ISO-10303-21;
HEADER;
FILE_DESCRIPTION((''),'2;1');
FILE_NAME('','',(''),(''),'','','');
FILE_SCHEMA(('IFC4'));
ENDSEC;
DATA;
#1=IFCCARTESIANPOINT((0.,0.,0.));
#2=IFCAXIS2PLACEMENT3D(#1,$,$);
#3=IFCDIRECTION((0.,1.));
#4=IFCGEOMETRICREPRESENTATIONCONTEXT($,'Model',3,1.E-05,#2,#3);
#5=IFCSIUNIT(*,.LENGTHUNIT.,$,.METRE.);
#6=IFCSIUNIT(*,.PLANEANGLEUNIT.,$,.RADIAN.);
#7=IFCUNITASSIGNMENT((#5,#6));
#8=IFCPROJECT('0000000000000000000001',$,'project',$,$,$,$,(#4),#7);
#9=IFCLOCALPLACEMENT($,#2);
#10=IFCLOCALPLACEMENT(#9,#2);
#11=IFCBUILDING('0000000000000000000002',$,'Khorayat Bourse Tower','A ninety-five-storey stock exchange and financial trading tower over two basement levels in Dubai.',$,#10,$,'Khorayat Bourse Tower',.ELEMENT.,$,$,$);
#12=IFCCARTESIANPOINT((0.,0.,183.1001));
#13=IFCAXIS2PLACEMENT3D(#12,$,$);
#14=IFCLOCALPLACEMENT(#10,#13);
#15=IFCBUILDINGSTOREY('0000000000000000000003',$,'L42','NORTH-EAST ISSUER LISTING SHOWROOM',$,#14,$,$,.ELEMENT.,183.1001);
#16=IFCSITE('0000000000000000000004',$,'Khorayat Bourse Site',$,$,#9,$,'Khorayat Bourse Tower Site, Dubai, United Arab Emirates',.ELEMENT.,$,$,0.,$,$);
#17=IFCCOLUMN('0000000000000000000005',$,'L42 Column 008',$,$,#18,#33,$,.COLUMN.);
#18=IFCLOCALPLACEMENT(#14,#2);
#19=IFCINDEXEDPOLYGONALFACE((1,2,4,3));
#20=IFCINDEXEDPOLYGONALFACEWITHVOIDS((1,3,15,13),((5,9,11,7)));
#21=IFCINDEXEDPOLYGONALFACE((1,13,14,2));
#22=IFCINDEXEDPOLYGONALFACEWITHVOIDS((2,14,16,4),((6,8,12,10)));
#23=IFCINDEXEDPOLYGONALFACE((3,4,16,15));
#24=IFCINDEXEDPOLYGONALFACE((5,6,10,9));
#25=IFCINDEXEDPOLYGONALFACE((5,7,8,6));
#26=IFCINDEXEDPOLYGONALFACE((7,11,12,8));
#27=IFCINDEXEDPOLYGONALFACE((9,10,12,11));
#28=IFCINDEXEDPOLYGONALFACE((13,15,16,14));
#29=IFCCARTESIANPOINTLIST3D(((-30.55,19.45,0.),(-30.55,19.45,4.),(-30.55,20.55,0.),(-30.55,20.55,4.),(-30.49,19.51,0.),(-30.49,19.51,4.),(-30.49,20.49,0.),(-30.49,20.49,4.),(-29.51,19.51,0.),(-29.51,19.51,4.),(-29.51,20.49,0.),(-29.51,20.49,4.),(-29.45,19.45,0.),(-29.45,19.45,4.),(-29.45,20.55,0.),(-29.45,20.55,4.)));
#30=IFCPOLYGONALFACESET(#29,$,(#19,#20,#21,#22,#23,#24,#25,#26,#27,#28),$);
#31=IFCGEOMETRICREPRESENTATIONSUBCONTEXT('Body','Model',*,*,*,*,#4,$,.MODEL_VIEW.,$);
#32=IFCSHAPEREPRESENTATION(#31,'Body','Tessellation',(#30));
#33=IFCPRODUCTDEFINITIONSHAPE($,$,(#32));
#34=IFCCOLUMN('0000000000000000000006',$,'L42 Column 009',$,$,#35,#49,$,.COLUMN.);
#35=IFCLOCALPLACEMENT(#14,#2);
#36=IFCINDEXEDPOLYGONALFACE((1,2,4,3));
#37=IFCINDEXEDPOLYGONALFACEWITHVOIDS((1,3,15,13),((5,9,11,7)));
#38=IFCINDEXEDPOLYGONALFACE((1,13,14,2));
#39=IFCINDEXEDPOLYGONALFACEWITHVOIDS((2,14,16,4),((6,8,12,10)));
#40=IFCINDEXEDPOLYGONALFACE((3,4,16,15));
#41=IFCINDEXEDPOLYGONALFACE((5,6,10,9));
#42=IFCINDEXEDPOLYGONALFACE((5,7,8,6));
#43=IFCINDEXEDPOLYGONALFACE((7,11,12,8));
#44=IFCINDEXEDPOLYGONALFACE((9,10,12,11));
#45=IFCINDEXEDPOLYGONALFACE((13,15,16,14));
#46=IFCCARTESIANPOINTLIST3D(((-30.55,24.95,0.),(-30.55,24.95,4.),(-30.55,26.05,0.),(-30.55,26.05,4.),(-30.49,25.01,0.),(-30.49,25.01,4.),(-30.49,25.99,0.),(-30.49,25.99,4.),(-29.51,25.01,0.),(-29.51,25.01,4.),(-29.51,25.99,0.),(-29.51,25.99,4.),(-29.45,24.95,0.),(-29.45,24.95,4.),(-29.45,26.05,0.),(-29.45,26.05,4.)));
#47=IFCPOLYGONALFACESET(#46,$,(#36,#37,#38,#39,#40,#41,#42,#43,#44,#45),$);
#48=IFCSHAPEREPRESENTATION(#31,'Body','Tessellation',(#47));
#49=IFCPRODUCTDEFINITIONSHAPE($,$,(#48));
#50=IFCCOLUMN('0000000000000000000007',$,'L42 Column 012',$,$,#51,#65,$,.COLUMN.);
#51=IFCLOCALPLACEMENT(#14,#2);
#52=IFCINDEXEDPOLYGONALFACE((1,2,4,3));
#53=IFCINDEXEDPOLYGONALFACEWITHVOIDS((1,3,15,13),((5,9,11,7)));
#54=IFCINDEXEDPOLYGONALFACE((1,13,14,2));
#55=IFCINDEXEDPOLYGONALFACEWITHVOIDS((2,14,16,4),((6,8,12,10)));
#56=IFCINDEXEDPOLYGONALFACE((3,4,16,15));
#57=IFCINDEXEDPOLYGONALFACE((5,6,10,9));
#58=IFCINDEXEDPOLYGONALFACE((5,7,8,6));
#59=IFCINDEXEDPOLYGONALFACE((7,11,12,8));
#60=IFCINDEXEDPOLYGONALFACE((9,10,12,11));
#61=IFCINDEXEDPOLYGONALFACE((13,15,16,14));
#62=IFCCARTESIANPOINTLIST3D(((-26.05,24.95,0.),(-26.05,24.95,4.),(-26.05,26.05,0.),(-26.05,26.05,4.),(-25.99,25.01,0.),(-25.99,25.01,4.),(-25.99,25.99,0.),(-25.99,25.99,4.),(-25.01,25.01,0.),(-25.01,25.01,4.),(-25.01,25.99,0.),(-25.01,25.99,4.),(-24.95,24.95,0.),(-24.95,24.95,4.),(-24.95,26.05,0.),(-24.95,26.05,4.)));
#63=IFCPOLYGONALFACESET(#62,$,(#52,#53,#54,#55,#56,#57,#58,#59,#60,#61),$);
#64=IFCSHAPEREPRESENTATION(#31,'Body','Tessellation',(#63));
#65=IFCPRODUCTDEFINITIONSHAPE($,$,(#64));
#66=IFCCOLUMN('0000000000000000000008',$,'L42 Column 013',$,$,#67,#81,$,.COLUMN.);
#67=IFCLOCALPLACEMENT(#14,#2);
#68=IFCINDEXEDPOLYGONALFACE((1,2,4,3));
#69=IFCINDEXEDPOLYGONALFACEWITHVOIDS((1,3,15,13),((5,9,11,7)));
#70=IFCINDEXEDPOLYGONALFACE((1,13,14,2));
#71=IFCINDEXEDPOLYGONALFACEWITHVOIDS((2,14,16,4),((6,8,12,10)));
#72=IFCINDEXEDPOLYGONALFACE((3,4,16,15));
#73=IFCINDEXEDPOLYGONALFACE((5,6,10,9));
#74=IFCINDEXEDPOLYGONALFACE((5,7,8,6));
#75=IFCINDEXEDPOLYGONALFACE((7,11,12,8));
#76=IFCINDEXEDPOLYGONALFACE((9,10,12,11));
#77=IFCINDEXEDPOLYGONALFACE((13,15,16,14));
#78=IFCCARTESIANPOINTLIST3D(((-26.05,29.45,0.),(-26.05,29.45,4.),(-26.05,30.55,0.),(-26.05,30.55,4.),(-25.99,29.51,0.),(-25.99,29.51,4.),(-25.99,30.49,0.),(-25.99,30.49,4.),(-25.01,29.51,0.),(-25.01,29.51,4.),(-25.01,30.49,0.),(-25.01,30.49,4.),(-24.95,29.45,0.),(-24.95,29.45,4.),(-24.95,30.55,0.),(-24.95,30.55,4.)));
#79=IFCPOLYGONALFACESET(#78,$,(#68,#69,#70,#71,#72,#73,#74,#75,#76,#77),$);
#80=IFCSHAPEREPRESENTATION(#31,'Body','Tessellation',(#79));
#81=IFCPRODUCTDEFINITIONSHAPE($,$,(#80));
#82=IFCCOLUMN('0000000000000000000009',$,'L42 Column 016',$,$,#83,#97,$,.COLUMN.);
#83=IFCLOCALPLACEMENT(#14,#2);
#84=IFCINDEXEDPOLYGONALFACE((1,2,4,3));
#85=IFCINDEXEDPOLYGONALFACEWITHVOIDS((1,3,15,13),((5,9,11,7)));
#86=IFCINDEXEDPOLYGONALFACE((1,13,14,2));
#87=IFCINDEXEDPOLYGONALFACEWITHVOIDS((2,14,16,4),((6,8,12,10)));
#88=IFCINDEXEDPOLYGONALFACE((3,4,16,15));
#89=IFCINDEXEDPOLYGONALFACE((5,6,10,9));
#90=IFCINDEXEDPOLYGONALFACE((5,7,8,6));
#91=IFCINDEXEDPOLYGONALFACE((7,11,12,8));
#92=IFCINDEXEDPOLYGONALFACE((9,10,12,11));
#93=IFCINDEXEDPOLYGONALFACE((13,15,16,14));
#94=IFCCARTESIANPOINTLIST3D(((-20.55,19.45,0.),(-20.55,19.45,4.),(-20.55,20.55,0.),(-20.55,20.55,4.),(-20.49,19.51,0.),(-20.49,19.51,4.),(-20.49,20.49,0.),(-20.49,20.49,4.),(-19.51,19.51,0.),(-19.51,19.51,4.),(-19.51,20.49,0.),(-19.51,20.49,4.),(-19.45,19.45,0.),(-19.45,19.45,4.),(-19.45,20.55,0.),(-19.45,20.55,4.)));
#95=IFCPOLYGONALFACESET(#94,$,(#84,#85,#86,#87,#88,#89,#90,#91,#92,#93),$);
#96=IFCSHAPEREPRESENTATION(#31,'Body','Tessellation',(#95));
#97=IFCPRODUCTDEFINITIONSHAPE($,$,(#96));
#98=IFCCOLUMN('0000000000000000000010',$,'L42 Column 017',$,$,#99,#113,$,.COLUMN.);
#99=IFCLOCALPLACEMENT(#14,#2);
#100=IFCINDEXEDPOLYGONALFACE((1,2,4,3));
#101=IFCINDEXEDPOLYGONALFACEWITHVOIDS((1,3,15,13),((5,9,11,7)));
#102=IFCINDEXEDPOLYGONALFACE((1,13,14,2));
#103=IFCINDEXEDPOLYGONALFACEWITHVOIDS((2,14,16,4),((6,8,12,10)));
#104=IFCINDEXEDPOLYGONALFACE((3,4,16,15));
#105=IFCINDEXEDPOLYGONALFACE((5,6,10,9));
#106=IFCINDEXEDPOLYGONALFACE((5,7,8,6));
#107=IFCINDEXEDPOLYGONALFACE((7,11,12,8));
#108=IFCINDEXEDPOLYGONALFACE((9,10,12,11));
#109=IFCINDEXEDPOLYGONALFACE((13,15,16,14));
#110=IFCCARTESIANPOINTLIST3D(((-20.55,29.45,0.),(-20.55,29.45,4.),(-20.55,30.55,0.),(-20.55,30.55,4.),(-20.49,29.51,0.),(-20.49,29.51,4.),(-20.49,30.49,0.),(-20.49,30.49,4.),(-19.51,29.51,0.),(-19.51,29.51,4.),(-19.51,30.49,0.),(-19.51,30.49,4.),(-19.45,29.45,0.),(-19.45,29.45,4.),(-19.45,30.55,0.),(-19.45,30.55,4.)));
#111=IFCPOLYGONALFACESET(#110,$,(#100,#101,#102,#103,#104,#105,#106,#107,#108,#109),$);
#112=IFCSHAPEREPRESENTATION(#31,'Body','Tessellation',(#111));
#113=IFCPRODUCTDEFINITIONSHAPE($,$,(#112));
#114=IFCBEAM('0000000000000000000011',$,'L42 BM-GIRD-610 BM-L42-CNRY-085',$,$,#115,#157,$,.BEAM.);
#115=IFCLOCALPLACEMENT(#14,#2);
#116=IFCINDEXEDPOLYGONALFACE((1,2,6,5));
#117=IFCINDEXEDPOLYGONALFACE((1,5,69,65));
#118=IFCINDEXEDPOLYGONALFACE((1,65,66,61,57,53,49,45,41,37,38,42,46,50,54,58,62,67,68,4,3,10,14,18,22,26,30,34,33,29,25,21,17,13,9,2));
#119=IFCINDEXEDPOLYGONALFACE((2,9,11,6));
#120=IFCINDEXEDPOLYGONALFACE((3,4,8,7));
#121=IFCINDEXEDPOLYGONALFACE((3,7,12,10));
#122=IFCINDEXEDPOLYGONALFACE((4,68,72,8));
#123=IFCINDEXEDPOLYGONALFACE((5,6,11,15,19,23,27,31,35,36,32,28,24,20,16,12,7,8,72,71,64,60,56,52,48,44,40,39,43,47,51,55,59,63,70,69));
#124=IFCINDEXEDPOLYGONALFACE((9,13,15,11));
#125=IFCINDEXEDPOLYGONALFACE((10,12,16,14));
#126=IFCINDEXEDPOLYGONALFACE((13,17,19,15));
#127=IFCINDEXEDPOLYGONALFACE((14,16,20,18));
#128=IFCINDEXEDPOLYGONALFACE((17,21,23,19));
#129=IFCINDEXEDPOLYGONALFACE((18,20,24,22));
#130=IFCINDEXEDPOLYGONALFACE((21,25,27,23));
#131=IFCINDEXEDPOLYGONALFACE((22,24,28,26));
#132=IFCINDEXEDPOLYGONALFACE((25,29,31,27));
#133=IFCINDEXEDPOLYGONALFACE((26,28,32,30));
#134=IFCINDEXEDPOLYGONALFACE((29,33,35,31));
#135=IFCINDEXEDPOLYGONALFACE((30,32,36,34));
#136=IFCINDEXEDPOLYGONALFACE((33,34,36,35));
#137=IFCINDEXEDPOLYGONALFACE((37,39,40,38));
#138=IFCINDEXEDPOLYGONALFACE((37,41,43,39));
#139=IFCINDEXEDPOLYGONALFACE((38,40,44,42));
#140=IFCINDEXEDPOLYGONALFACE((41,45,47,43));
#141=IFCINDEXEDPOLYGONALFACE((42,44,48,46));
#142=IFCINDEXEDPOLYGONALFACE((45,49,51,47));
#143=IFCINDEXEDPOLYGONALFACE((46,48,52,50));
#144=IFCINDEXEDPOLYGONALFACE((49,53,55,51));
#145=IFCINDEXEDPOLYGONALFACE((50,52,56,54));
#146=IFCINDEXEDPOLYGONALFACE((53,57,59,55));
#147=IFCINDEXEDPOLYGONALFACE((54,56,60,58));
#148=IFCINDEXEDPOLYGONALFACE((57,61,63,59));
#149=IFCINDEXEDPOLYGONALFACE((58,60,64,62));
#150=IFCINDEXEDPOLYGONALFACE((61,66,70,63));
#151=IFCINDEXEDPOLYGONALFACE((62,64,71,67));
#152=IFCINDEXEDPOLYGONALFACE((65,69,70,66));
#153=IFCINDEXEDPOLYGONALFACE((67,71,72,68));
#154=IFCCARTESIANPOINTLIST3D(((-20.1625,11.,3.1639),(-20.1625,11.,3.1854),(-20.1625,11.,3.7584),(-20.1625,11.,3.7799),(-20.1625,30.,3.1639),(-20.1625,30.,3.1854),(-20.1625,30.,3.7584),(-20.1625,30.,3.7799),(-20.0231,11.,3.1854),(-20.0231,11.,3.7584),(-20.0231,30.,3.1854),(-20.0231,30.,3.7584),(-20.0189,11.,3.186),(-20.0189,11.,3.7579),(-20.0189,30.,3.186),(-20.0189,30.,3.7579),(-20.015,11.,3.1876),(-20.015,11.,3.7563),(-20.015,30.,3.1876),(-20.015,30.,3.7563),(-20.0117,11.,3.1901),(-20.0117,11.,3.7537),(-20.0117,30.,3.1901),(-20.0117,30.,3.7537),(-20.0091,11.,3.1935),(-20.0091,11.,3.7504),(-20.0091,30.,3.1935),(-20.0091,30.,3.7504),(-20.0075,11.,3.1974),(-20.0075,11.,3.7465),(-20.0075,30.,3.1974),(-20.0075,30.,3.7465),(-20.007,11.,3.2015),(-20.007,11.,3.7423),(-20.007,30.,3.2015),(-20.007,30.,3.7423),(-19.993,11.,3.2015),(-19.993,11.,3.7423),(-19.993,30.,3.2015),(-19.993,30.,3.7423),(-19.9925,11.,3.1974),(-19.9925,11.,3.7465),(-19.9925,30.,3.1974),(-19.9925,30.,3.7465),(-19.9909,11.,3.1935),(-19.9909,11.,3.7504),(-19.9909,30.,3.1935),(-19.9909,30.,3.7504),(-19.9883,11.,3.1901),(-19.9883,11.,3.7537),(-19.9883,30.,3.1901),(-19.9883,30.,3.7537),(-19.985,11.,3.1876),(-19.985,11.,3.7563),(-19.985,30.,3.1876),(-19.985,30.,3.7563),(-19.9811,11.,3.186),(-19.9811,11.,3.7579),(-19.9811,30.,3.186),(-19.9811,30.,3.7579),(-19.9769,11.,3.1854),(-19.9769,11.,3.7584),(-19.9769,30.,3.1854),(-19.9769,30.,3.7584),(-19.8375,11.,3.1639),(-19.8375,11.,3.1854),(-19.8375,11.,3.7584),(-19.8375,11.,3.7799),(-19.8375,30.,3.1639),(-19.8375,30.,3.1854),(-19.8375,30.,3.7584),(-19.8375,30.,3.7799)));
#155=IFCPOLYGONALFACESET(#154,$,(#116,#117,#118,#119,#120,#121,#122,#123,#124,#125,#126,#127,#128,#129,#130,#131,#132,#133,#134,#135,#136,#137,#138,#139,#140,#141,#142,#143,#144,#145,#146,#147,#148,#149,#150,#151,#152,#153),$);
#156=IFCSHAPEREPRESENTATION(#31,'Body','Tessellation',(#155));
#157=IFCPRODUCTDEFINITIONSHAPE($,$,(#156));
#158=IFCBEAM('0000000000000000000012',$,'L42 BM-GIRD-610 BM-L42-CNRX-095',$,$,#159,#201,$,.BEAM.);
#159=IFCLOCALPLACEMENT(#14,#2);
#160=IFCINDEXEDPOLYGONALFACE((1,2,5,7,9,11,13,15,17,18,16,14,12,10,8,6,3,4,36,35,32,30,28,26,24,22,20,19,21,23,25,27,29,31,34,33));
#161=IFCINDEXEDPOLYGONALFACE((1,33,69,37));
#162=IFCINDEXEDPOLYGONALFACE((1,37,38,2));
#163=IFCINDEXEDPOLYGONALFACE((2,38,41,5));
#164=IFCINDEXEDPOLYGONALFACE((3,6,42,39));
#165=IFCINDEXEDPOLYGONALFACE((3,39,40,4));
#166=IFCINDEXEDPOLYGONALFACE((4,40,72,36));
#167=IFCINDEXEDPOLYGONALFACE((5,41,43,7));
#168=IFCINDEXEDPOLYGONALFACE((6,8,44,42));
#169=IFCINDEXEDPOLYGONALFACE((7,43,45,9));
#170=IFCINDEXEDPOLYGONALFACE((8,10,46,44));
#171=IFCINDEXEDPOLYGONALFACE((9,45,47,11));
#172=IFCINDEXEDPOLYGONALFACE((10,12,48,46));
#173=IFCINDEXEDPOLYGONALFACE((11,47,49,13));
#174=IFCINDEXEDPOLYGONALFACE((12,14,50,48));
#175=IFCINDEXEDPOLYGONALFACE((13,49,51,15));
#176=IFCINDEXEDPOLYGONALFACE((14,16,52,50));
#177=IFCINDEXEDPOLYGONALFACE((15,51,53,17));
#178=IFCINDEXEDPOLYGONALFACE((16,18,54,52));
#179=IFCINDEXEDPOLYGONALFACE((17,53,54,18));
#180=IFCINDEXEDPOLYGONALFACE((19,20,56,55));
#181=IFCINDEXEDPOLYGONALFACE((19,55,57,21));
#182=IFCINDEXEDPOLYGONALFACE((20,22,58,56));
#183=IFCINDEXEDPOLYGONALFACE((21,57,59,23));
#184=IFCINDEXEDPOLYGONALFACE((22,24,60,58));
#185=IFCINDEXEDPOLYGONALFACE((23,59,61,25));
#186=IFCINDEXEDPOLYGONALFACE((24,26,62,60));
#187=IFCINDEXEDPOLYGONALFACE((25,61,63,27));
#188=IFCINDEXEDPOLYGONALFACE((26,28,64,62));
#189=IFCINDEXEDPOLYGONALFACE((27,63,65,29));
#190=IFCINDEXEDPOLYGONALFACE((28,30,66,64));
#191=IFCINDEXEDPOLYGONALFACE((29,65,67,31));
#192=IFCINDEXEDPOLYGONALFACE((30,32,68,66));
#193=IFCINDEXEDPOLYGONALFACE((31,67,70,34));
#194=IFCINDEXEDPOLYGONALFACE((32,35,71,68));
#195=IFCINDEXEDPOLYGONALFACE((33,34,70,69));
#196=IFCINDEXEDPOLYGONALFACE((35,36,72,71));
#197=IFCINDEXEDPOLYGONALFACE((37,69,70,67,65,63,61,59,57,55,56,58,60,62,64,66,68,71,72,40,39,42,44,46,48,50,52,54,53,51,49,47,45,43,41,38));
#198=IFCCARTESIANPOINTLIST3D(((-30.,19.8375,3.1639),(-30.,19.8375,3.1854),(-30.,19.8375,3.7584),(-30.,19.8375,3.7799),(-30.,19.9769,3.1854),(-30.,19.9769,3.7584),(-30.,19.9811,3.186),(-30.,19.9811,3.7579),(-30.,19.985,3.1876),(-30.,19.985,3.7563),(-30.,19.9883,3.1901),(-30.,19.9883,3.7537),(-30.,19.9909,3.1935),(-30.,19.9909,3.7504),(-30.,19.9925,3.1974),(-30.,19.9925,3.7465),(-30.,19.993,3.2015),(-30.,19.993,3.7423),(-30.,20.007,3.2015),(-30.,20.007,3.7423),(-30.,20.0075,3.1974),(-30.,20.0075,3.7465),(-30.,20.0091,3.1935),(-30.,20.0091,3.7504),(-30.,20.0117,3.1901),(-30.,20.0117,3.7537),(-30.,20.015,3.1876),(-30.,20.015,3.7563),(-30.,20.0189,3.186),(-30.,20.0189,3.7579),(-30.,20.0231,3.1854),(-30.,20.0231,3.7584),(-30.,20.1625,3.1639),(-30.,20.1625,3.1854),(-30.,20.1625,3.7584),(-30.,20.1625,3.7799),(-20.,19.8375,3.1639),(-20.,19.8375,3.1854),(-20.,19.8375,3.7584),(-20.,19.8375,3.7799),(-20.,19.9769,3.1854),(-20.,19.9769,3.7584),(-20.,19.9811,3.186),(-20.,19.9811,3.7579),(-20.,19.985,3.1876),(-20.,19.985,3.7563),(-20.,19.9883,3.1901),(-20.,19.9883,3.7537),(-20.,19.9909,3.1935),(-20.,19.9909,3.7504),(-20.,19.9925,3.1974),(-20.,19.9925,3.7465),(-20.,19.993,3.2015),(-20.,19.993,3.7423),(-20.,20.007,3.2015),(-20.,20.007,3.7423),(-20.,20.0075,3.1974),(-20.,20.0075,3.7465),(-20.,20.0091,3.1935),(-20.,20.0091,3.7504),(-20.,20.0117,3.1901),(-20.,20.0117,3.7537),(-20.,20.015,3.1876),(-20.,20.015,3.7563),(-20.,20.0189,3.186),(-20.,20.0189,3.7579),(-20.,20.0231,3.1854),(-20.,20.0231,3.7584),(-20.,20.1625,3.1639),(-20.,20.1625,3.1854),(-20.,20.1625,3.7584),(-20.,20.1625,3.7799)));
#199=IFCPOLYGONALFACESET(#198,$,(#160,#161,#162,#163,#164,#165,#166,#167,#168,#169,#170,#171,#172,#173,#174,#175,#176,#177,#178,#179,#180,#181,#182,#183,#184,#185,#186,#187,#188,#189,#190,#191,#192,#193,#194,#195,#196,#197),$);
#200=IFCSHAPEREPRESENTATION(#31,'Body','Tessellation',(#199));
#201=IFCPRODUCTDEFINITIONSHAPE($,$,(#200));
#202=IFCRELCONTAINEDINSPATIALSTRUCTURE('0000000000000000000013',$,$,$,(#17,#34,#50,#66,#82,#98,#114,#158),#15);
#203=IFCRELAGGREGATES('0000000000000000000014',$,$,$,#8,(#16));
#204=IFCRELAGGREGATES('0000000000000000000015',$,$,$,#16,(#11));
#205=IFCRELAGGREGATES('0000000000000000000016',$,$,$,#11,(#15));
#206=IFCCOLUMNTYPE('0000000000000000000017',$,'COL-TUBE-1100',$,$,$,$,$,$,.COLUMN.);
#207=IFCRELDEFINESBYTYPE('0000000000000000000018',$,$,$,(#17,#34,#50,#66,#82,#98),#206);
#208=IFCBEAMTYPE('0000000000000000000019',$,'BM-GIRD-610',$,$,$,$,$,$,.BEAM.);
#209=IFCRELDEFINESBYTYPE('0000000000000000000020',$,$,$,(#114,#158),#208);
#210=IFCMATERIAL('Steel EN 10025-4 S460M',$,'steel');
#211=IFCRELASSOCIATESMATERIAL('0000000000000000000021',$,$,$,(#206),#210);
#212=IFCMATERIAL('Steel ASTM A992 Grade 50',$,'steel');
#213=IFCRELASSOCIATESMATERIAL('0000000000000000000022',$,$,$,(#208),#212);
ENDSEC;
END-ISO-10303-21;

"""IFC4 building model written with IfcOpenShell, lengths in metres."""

from ifc_helpers import new_model, si_unit, direction, frame, origin, origin_2d, place, context, subcontext, project, spatial, hollow_rectangle, i_section, extrude, source, transform, mapped, material, material_profile, profile_set, type_object, element, save


model = new_model("IFC4")

# Units and contexts
model_context = context("Model", 3, precision=1e-05, world=origin(), true_north=direction((0.0, 1.0)))
body_context = subcontext(model_context, "Body", "Model", "MODEL_VIEW")
ifc_project = project(units=[si_unit("LENGTHUNIT", "METRE"), si_unit("PLANEANGLEUNIT", "RADIAN")], contexts=[model_context])

# Site, building, storey
site_placement = place(None, origin())
site = spatial("IfcSite", under=ifc_project, at=site_placement, Name="Khorayat Bourse Site", LongName="Khorayat Bourse Tower Site, Dubai, United Arab Emirates", CompositionType="ELEMENT", RefElevation=0.0)
building_placement = place(site_placement, origin())
building = spatial("IfcBuilding", under=site, at=building_placement, Name="Khorayat Bourse Tower", Description="A ninety-five-storey stock exchange and financial trading tower over two basement levels in Dubai.", LongName="Khorayat Bourse Tower", CompositionType="ELEMENT")
storey_placement = place(building_placement, frame((0.0, 0.0, 183.1001)))
storey = spatial("IfcBuildingStorey", under=building, at=storey_placement, Name="L42", Description="NORTH-EAST ISSUER LISTING SHOWROOM", CompositionType="ELEMENT", Elevation=183.1001)

# Columns
ifc_material_1 = material(Name="Steel EN 10025-4 S460M", Category="steel")
ifc_material_profile_1 = material_profile(ifc_material_1, hollow_rectangle(XDim=1.1001, YDim=1.1001, WallThickness=0.0601, at=origin_2d()), Name="BOX 1100x1100x60")
ifc_profile_set_1 = profile_set([ifc_material_profile_1], Name="Steel EN 10025-4 S460M")
column_type = type_object("IfcColumnType", Name="COL-TUBE-1100", PredefinedType="COLUMN", material=ifc_profile_set_1)
shared_shape_1 = source(origin(), body_context, "Body", "SweptSolid", [
    extrude(hollow_rectangle(XDim=1.1001, YDim=1.1001, WallThickness=0.0601, at=origin_2d()), origin(), (0.0, 0.0, 1.0), 4.0),
])
for number, where, z_axis, x_axis, name in (
    (1, (-30.0, 20.0, 0.0), (0.0, 0.0, 1.0), (1.0, 0.0, 0.0), "L42 Column 008"),
    (2, (-30.0, 25.5, 0.0), (0.0, 0.0, 1.0), (1.0, 0.0, 0.0), "L42 Column 009"),
    (3, (-25.5, 25.5, 0.0), (0.0, 0.0, 1.0), (1.0, 0.0, 0.0), "L42 Column 012"),
    (4, (-25.5, 30.0, 0.0), (0.0, 0.0, 1.0), (1.0, 0.0, 0.0), "L42 Column 013"),
    (5, (-20.0, 20.0, 0.0), (0.0, 0.0, 1.0), (1.0, 0.0, 0.0), "L42 Column 016"),
    (6, (-20.0, 30.0, 0.0), (0.0, 0.0, 1.0), (1.0, 0.0, 0.0), "L42 Column 017"),
):
    element("IfcColumn", number, at=place(storey_placement, frame(where, z_axis=z_axis, x_axis=x_axis)), inside=storey, type_object=column_type, Name=name, PredefinedType="COLUMN", context=body_context, shape_type="MappedRepresentation", body=[
        mapped(shared_shape_1, transform((0.0, 0.0, 0.0), scale=1.0)),
    ])

# Beams
ifc_material_2 = material(Name="Steel ASTM A992 Grade 50", Category="steel")
ifc_material_profile_2 = material_profile(ifc_material_2, i_section(OverallWidth=0.325, OverallDepth=0.616, WebThickness=0.0139, FlangeThickness=0.0215, FilletRadius=0.0161, at=origin_2d()), Name="W610X174")
ifc_profile_set_2 = profile_set([ifc_material_profile_2], Name="Steel ASTM A992 Grade 50")
beam_type_1 = type_object("IfcBeamType", Name="BM-GIRD-610", PredefinedType="BEAM", material=ifc_profile_set_2)
shared_shape_2 = source(origin(), body_context, "Body", "SweptSolid", [
    extrude(i_section(OverallWidth=0.325, OverallDepth=0.616, WebThickness=0.0139, FlangeThickness=0.0215, FilletRadius=0.0161, at=origin_2d()), origin(), (0.0, 0.0, 1.0), 19.0),
])
beam_1_placement = place(storey_placement, frame((-20.0, 11.0, 3.4719), z_axis=(0.0, 1.0, 0.0), x_axis=(-1.0, 0.0, 0.0)))
element("IfcBeam", 7, at=beam_1_placement, inside=storey, type_object=beam_type_1, Name="L42 BM-GIRD-610 BM-L42-CNRY-085", PredefinedType="BEAM", context=body_context, shape_type="MappedRepresentation", body=[
    mapped(shared_shape_2, transform((0.0, 0.0, 0.0), scale=1.0)),
])
shared_shape_3 = source(origin(), body_context, "Body", "SweptSolid", [
    extrude(i_section(OverallWidth=0.325, OverallDepth=0.616, WebThickness=0.0139, FlangeThickness=0.0215, FilletRadius=0.0161, at=origin_2d()), origin(), (0.0, 0.0, 1.0), 10.0),
])
beam_2_placement = place(storey_placement, frame((-30.0, 20.0, 3.4719), z_axis=(1.0, 0.0, 0.0), x_axis=(0.0, 1.0, 0.0)))
element("IfcBeam", 8, at=beam_2_placement, inside=storey, type_object=beam_type_1, Name="L42 BM-GIRD-610 BM-L42-CNRX-095", PredefinedType="BEAM", context=body_context, shape_type="MappedRepresentation", body=[
    mapped(shared_shape_3, transform((0.0, 0.0, 0.0), scale=1.0)),
])

save(model, "model.ifc")
